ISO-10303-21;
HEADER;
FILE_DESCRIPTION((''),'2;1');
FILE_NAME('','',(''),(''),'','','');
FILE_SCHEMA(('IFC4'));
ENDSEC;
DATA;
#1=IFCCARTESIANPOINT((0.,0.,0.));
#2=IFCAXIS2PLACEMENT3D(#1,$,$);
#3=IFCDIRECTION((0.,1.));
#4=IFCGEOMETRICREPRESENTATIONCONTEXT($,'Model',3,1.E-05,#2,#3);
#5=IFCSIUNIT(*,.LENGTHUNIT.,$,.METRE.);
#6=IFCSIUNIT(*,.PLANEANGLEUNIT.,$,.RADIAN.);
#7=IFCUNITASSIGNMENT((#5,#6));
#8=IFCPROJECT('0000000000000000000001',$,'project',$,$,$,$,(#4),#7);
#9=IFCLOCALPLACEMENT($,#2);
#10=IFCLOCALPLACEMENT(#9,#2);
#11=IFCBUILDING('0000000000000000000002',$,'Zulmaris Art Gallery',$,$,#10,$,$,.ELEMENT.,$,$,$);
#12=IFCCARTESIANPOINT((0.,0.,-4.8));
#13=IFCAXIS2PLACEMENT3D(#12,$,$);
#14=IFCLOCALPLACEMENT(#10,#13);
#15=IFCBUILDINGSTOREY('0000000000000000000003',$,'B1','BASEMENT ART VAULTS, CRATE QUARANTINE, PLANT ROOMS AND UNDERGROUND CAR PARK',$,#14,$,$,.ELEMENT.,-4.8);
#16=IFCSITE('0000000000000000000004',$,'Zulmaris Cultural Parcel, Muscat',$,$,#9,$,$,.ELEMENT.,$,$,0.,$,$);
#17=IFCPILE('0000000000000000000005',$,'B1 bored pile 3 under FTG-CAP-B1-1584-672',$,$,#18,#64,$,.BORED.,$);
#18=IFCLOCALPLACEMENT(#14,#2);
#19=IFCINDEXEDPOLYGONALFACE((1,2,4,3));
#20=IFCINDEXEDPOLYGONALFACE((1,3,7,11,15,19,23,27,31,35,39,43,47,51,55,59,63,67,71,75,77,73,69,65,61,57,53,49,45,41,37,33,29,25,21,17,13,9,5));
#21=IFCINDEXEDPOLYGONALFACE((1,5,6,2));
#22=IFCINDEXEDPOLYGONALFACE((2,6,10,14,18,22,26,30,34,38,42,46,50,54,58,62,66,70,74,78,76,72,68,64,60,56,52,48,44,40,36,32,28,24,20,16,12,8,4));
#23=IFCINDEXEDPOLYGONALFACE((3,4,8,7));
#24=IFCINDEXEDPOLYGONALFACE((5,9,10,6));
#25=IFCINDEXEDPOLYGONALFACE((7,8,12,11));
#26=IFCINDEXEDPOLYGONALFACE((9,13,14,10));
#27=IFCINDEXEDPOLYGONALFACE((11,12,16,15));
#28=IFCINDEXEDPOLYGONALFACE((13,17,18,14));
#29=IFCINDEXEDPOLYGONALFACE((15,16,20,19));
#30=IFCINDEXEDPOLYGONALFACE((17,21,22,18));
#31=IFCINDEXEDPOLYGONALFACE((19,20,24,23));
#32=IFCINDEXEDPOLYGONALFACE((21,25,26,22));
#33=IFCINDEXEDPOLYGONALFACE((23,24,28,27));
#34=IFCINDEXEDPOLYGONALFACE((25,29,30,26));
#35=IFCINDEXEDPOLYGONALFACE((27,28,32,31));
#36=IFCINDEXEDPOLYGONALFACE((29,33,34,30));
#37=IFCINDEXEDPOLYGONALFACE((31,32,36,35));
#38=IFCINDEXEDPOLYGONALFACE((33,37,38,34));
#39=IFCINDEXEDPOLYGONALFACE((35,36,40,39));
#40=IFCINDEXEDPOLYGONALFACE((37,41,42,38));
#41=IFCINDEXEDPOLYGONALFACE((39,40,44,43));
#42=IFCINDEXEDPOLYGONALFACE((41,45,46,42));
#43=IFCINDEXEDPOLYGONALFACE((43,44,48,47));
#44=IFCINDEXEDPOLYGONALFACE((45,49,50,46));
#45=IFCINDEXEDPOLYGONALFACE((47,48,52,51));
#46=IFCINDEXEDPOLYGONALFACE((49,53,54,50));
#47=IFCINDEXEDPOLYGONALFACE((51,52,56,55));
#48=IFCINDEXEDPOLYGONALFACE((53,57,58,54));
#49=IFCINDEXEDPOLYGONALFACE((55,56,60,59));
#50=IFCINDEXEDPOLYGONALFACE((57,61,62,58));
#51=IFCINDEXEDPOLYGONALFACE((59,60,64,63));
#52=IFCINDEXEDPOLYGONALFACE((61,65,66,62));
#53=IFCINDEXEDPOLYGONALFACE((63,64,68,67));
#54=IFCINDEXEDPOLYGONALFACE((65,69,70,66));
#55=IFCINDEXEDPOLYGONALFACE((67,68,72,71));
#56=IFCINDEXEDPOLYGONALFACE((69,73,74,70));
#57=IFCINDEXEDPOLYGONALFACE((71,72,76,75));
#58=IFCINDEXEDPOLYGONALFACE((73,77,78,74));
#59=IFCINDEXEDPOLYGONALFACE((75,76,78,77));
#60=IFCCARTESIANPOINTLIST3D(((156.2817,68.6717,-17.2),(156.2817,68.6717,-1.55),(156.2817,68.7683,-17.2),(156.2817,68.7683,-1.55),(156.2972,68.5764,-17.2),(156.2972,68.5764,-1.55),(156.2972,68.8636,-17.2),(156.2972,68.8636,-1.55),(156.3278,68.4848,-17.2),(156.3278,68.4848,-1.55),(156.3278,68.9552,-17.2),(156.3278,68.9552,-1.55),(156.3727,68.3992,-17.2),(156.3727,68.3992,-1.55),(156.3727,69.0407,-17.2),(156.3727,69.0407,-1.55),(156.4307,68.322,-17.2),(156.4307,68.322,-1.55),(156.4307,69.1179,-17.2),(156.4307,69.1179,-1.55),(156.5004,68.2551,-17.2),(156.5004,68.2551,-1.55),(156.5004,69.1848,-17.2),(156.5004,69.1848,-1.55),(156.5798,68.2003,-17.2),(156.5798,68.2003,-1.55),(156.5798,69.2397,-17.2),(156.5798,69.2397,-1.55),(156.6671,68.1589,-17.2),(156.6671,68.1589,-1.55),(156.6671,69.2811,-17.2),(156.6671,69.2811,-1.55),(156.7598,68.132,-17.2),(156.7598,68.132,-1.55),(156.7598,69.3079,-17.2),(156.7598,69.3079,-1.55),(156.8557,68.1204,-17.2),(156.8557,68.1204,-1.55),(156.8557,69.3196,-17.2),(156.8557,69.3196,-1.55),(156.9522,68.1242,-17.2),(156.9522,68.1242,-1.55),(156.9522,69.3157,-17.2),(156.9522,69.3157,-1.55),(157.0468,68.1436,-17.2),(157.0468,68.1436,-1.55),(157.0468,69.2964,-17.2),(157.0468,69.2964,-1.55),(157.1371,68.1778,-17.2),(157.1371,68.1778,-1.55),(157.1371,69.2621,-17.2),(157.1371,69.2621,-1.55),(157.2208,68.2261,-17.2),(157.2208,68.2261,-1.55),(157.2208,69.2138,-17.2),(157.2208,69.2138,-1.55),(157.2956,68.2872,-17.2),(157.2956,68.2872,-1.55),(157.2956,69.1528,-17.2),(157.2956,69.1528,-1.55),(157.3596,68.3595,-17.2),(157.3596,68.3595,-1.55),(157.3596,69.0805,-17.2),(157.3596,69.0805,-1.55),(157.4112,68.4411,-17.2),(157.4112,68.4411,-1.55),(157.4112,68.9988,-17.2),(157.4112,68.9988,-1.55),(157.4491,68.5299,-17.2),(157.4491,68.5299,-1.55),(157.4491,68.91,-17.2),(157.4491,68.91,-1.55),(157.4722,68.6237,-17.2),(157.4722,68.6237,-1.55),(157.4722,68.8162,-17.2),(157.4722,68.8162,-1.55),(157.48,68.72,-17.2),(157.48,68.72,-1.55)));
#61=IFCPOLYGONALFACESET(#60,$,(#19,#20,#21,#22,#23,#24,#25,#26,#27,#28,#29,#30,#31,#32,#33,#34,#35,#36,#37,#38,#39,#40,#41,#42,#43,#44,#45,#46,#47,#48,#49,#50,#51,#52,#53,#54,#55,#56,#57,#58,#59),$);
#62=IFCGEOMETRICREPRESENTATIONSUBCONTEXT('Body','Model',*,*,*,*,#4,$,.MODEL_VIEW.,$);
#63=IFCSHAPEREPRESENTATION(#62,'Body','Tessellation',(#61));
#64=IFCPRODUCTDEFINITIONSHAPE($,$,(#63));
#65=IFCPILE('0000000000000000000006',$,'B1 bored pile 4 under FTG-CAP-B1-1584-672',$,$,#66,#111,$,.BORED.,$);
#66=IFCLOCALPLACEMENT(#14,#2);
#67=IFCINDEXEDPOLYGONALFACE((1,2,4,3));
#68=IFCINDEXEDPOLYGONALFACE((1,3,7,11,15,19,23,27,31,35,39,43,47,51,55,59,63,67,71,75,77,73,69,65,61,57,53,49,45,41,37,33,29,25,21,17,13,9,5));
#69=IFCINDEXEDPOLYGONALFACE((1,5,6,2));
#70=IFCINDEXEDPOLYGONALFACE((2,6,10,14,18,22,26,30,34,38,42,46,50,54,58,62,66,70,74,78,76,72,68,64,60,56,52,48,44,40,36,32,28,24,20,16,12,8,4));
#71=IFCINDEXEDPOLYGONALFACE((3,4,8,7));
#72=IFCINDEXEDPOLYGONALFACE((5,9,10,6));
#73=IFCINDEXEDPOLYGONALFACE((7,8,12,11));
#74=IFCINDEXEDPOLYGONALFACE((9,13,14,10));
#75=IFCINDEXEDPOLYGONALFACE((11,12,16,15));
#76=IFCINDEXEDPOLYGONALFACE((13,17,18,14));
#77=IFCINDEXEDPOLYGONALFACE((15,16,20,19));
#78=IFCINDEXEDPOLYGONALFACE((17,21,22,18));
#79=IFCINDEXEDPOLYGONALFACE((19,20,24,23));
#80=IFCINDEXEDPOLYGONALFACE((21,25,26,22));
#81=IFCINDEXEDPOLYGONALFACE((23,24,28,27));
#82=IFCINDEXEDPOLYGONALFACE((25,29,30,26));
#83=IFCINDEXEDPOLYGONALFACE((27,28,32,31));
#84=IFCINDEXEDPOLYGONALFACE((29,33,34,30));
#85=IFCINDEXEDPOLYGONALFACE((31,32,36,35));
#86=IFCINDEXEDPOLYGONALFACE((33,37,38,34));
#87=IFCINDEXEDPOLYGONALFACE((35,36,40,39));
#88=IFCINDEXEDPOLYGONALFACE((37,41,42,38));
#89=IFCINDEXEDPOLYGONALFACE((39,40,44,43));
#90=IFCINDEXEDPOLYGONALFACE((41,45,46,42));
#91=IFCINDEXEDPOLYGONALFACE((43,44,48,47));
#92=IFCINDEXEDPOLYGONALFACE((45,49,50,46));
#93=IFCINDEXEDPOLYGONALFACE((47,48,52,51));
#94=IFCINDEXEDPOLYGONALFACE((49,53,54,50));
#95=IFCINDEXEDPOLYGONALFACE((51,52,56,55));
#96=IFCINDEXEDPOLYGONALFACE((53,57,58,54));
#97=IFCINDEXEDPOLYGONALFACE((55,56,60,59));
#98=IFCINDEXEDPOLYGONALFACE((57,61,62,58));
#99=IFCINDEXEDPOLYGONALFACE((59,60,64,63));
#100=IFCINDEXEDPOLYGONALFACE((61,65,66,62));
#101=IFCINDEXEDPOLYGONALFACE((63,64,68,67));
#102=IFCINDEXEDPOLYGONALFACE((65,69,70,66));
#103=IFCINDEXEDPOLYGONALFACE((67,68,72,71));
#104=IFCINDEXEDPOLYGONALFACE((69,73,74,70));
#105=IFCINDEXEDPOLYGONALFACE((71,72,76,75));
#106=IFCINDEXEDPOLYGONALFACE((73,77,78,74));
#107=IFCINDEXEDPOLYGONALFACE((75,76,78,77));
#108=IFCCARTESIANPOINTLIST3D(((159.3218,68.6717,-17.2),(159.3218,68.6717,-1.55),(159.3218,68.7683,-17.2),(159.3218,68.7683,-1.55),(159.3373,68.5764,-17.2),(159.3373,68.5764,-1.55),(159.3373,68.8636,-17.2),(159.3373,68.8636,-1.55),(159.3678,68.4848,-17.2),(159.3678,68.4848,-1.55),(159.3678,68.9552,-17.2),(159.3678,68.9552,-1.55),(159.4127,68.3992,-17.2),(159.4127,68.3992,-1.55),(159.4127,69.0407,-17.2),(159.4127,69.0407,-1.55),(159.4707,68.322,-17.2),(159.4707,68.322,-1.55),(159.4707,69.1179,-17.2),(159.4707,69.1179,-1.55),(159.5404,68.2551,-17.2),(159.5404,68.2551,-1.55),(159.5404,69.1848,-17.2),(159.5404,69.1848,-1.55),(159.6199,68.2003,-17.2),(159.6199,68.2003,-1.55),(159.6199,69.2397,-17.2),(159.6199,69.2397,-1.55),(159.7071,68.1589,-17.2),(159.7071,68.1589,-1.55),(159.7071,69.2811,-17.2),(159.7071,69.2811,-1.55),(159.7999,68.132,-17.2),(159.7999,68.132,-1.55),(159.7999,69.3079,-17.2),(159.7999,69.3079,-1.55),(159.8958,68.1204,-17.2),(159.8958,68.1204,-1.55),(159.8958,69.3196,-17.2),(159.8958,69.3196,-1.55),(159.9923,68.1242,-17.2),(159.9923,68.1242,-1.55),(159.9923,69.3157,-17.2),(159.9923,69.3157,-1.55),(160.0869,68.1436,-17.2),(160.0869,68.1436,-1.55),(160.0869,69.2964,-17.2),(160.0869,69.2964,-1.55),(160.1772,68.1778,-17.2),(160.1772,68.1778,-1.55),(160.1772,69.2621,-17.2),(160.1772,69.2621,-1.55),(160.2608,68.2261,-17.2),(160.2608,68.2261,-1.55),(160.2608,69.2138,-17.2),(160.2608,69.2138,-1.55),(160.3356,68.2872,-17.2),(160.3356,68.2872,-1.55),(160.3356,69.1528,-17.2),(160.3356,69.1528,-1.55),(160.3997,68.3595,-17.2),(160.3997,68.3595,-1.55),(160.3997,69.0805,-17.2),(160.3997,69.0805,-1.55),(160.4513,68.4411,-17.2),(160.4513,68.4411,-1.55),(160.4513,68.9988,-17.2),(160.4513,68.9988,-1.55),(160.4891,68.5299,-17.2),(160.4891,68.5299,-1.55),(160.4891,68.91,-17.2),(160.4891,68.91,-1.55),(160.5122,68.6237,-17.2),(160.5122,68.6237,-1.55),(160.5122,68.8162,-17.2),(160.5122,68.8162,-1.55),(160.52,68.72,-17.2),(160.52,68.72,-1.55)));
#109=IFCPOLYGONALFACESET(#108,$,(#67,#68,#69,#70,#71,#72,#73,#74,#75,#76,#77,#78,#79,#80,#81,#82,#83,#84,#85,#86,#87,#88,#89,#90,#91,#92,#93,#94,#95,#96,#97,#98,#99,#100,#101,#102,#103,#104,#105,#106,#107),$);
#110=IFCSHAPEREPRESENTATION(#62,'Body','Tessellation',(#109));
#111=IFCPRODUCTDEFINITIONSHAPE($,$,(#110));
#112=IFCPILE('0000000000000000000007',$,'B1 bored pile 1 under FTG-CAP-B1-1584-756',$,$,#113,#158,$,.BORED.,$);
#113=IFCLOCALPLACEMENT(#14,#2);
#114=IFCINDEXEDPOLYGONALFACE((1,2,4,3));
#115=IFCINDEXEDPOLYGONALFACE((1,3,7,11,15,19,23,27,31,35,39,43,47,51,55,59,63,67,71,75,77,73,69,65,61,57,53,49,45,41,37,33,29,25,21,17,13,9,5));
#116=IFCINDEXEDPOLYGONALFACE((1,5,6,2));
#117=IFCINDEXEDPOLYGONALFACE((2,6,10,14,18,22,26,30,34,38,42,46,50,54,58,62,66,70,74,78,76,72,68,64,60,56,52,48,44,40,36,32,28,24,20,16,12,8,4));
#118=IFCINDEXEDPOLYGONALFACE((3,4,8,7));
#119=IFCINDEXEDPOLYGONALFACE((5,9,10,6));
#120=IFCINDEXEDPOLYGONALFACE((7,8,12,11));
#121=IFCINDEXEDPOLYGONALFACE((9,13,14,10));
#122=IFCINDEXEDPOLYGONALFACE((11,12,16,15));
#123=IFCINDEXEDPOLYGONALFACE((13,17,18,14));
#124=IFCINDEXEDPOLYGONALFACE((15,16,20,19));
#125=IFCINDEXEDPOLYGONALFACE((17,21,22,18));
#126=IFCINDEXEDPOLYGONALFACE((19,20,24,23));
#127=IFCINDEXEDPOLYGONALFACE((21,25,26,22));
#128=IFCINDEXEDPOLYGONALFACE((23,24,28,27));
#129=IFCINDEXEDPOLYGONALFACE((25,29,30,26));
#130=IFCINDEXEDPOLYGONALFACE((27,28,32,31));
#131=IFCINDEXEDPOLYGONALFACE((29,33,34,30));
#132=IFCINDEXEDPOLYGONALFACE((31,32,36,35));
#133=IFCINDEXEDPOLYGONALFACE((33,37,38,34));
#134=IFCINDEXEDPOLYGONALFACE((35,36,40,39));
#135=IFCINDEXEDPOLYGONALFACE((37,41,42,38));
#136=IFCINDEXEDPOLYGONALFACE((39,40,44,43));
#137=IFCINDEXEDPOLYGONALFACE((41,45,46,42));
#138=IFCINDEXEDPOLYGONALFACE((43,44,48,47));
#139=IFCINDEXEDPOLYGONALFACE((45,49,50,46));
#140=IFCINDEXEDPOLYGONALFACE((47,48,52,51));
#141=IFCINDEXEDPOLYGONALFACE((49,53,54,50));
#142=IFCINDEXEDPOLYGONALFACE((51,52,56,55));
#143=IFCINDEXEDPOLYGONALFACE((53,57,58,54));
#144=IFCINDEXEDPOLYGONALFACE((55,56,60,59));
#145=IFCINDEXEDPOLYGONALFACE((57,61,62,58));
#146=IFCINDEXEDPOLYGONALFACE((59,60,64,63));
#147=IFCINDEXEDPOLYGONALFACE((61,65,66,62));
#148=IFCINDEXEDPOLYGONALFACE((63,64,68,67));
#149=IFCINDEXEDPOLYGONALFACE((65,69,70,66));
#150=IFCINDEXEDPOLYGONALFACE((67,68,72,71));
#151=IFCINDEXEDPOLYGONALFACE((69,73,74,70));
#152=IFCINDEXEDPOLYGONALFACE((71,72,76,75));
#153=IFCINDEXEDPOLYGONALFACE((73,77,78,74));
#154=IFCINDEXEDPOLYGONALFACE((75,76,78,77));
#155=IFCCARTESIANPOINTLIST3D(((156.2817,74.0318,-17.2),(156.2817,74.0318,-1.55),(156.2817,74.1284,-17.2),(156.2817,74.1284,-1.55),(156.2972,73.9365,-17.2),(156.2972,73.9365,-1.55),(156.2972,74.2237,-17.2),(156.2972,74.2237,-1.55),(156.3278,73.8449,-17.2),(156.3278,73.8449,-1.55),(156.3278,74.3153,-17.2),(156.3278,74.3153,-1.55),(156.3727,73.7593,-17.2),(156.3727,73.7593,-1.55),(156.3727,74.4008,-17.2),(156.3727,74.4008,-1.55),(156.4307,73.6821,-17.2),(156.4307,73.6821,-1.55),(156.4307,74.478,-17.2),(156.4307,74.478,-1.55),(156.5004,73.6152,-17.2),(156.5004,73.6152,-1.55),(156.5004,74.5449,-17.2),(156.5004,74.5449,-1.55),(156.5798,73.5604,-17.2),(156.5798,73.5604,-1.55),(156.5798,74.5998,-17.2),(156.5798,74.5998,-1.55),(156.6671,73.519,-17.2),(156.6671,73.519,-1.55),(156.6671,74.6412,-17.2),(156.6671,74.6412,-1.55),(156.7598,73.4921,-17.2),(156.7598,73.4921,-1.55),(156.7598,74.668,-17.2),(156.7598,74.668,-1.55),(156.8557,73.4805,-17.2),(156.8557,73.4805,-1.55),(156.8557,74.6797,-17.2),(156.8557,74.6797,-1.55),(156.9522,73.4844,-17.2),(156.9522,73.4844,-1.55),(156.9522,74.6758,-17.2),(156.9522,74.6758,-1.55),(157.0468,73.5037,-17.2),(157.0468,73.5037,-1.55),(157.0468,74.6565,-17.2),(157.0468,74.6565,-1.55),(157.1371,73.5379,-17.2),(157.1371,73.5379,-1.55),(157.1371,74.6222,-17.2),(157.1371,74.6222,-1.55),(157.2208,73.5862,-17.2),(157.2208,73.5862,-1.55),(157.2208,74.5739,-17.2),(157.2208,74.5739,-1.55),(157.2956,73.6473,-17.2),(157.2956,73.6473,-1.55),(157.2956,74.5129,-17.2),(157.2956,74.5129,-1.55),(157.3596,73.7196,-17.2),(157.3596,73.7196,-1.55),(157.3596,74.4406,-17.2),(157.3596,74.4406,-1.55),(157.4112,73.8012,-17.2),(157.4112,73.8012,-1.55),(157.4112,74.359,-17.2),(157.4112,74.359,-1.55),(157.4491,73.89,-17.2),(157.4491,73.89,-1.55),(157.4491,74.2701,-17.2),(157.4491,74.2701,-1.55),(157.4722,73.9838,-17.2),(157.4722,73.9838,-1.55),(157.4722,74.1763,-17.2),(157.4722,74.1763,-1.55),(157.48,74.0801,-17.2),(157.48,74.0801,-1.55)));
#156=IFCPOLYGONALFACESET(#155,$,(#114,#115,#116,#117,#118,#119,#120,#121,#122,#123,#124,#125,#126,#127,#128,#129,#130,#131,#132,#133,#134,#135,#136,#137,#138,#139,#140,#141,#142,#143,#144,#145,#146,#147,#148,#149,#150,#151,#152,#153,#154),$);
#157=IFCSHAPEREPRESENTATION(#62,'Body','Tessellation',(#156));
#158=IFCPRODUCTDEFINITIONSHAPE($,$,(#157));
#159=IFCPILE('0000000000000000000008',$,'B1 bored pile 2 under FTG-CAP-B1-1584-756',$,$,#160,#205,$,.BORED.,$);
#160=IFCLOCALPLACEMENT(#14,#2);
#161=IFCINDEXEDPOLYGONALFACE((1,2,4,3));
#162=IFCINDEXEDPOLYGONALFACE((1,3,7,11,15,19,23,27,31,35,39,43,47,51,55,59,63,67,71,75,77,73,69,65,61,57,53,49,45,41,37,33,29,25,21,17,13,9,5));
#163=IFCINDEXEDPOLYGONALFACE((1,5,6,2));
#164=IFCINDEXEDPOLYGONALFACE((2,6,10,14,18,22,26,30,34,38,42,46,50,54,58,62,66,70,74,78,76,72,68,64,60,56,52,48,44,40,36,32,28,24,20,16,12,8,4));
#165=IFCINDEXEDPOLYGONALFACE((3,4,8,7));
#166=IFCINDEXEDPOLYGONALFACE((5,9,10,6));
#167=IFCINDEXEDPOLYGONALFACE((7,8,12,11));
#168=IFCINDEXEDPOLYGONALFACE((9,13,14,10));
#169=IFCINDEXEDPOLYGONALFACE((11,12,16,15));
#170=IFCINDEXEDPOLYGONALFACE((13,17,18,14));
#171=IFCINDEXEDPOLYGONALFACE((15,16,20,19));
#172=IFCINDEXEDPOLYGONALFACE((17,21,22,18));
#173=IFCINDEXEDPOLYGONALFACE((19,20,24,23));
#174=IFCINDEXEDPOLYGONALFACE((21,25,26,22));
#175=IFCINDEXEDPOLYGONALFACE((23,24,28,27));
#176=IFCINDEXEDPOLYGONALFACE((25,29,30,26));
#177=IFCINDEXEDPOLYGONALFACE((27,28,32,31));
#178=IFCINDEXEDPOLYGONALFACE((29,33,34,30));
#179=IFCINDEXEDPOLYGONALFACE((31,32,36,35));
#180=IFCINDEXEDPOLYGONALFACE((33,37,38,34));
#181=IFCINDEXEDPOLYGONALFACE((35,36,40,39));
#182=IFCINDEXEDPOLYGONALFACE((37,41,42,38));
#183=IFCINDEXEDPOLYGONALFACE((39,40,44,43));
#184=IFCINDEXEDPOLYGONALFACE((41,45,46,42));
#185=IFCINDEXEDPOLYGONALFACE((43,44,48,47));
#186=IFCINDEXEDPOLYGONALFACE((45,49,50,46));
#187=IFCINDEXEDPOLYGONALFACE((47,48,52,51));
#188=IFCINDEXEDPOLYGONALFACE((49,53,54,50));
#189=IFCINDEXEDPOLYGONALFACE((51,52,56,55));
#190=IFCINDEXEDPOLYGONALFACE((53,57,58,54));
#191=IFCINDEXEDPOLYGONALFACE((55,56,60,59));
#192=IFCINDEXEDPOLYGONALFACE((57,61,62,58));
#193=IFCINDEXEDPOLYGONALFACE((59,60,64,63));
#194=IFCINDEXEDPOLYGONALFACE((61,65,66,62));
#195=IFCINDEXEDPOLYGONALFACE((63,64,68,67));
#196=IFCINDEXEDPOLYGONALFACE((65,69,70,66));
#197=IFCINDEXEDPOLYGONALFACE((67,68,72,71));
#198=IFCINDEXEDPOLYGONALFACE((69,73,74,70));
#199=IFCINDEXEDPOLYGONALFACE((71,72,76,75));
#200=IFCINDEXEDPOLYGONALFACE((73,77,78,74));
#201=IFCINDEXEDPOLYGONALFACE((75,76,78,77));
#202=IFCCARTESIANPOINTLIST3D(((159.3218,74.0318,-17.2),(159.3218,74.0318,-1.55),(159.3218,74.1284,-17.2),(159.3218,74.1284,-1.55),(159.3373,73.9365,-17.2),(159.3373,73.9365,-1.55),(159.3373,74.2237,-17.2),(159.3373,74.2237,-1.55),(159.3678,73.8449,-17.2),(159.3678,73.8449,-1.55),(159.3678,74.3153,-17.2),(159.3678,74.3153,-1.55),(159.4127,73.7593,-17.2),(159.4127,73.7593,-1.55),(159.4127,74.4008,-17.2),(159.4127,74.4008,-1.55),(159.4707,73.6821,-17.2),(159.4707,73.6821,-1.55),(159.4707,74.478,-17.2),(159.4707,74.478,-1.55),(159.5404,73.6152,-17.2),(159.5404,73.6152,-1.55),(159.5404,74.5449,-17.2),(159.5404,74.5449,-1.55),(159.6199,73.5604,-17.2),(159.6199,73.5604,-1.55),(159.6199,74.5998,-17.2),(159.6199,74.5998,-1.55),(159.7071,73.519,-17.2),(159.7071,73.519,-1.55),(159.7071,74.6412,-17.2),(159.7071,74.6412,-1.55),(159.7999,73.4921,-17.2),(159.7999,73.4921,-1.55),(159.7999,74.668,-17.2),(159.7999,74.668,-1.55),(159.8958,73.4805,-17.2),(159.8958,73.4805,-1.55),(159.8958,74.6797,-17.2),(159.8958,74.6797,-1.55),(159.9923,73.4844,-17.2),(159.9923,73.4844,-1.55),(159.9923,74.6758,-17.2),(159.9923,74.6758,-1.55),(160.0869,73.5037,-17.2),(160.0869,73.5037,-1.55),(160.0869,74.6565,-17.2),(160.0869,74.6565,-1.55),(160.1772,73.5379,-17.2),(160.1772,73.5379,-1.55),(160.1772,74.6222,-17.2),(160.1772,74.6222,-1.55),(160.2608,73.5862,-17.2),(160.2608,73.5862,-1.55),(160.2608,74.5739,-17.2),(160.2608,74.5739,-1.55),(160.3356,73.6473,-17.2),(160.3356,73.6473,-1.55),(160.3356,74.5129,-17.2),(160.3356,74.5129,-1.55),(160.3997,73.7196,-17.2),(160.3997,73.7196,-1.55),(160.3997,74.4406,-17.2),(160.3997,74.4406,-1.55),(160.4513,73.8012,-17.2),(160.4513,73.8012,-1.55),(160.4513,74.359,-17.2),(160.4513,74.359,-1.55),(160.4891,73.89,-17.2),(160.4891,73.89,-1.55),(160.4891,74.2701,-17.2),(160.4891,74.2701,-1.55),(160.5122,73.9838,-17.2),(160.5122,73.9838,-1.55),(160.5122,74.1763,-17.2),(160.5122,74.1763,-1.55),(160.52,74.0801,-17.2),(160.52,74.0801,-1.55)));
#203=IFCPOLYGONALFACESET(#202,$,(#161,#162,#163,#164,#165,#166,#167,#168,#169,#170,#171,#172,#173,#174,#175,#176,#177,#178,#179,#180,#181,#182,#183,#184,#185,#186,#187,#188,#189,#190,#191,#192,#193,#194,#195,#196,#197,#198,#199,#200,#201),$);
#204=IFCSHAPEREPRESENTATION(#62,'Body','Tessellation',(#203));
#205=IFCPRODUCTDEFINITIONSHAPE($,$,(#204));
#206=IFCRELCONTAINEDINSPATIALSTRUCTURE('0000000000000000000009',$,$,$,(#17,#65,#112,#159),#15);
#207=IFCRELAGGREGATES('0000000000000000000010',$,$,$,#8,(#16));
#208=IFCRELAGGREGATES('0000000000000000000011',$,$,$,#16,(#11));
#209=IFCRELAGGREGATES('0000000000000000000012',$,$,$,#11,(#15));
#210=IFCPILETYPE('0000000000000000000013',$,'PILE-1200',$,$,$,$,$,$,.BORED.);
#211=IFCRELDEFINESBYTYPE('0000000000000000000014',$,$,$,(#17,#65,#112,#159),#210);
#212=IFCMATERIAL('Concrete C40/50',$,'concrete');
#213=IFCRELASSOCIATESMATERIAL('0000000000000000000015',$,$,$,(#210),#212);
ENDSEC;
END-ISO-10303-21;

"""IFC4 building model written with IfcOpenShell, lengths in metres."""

from ifc_helpers import new_model, si_unit, direction, frame, origin, origin_2d, place, context, subcontext, project, spatial, circle, extrude, material, material_profile, profile_set, type_object, element, save


model = new_model("IFC4")

# Units and contexts
model_context = context("Model", 3, precision=1e-05, world=origin(), true_north=direction((0.0, 1.0)))
body_context = subcontext(model_context, "Body", "Model", "MODEL_VIEW")
ifc_project = project(units=[si_unit("LENGTHUNIT", "METRE"), si_unit("PLANEANGLEUNIT", "RADIAN")], contexts=[model_context])

# Site, building, storey
site_placement = place(None, origin())
site = spatial("IfcSite", under=ifc_project, at=site_placement, Name="Zulmaris Cultural Parcel, Muscat", CompositionType="ELEMENT", RefElevation=0.0)
building_placement = place(site_placement, origin())
building = spatial("IfcBuilding", under=site, at=building_placement, Name="Zulmaris Art Gallery", CompositionType="ELEMENT")
storey_placement = place(building_placement, frame((0.0, 0.0, -4.8)))
storey = spatial("IfcBuildingStorey", under=building, at=storey_placement, Name="B1", Description="BASEMENT ART VAULTS, CRATE QUARANTINE, PLANT ROOMS AND UNDERGROUND CAR PARK", CompositionType="ELEMENT", Elevation=-4.8)

# Piles
ifc_material_1 = material(Name="Concrete C40/50", Category="concrete")
ifc_material_profile_1 = material_profile(ifc_material_1, circle(Radius=0.6001, at=origin_2d()), Name="PILE DIA 1200")
ifc_profile_set_1 = profile_set([ifc_material_profile_1], Name="Concrete C40/50")
pile_type = type_object("IfcPileType", Name="PILE-1200", PredefinedType="BORED", material=ifc_profile_set_1)
for number, where, z_axis, x_axis, name in (
    (1, (156.8799, 68.72, -1.55), (0.0, 0.0, -1.0), (1.0, 0.0, 0.0), "B1 bored pile 3 under FTG-CAP-B1-1584-672"),
    (2, (159.9199, 68.72, -1.55), (0.0, 0.0, -1.0), (1.0, 0.0, 0.0), "B1 bored pile 4 under FTG-CAP-B1-1584-672"),
    (3, (156.8799, 74.0801, -1.55), (0.0, 0.0, -1.0), (1.0, 0.0, 0.0), "B1 bored pile 1 under FTG-CAP-B1-1584-756"),
    (4, (159.9199, 74.0801, -1.55), (0.0, 0.0, -1.0), (1.0, 0.0, 0.0), "B1 bored pile 2 under FTG-CAP-B1-1584-756"),
):
    element("IfcPile", number, at=place(storey_placement, frame(where, z_axis=z_axis, x_axis=x_axis)), inside=storey, type_object=pile_type, Name=name, PredefinedType="BORED", context=body_context, shape_type="SweptSolid", body=[
        extrude(circle(Radius=0.6001, at=origin_2d()), origin(), (0.0, 0.0, 1.0), 15.6499),
    ])

save(model, "model.ifc")
